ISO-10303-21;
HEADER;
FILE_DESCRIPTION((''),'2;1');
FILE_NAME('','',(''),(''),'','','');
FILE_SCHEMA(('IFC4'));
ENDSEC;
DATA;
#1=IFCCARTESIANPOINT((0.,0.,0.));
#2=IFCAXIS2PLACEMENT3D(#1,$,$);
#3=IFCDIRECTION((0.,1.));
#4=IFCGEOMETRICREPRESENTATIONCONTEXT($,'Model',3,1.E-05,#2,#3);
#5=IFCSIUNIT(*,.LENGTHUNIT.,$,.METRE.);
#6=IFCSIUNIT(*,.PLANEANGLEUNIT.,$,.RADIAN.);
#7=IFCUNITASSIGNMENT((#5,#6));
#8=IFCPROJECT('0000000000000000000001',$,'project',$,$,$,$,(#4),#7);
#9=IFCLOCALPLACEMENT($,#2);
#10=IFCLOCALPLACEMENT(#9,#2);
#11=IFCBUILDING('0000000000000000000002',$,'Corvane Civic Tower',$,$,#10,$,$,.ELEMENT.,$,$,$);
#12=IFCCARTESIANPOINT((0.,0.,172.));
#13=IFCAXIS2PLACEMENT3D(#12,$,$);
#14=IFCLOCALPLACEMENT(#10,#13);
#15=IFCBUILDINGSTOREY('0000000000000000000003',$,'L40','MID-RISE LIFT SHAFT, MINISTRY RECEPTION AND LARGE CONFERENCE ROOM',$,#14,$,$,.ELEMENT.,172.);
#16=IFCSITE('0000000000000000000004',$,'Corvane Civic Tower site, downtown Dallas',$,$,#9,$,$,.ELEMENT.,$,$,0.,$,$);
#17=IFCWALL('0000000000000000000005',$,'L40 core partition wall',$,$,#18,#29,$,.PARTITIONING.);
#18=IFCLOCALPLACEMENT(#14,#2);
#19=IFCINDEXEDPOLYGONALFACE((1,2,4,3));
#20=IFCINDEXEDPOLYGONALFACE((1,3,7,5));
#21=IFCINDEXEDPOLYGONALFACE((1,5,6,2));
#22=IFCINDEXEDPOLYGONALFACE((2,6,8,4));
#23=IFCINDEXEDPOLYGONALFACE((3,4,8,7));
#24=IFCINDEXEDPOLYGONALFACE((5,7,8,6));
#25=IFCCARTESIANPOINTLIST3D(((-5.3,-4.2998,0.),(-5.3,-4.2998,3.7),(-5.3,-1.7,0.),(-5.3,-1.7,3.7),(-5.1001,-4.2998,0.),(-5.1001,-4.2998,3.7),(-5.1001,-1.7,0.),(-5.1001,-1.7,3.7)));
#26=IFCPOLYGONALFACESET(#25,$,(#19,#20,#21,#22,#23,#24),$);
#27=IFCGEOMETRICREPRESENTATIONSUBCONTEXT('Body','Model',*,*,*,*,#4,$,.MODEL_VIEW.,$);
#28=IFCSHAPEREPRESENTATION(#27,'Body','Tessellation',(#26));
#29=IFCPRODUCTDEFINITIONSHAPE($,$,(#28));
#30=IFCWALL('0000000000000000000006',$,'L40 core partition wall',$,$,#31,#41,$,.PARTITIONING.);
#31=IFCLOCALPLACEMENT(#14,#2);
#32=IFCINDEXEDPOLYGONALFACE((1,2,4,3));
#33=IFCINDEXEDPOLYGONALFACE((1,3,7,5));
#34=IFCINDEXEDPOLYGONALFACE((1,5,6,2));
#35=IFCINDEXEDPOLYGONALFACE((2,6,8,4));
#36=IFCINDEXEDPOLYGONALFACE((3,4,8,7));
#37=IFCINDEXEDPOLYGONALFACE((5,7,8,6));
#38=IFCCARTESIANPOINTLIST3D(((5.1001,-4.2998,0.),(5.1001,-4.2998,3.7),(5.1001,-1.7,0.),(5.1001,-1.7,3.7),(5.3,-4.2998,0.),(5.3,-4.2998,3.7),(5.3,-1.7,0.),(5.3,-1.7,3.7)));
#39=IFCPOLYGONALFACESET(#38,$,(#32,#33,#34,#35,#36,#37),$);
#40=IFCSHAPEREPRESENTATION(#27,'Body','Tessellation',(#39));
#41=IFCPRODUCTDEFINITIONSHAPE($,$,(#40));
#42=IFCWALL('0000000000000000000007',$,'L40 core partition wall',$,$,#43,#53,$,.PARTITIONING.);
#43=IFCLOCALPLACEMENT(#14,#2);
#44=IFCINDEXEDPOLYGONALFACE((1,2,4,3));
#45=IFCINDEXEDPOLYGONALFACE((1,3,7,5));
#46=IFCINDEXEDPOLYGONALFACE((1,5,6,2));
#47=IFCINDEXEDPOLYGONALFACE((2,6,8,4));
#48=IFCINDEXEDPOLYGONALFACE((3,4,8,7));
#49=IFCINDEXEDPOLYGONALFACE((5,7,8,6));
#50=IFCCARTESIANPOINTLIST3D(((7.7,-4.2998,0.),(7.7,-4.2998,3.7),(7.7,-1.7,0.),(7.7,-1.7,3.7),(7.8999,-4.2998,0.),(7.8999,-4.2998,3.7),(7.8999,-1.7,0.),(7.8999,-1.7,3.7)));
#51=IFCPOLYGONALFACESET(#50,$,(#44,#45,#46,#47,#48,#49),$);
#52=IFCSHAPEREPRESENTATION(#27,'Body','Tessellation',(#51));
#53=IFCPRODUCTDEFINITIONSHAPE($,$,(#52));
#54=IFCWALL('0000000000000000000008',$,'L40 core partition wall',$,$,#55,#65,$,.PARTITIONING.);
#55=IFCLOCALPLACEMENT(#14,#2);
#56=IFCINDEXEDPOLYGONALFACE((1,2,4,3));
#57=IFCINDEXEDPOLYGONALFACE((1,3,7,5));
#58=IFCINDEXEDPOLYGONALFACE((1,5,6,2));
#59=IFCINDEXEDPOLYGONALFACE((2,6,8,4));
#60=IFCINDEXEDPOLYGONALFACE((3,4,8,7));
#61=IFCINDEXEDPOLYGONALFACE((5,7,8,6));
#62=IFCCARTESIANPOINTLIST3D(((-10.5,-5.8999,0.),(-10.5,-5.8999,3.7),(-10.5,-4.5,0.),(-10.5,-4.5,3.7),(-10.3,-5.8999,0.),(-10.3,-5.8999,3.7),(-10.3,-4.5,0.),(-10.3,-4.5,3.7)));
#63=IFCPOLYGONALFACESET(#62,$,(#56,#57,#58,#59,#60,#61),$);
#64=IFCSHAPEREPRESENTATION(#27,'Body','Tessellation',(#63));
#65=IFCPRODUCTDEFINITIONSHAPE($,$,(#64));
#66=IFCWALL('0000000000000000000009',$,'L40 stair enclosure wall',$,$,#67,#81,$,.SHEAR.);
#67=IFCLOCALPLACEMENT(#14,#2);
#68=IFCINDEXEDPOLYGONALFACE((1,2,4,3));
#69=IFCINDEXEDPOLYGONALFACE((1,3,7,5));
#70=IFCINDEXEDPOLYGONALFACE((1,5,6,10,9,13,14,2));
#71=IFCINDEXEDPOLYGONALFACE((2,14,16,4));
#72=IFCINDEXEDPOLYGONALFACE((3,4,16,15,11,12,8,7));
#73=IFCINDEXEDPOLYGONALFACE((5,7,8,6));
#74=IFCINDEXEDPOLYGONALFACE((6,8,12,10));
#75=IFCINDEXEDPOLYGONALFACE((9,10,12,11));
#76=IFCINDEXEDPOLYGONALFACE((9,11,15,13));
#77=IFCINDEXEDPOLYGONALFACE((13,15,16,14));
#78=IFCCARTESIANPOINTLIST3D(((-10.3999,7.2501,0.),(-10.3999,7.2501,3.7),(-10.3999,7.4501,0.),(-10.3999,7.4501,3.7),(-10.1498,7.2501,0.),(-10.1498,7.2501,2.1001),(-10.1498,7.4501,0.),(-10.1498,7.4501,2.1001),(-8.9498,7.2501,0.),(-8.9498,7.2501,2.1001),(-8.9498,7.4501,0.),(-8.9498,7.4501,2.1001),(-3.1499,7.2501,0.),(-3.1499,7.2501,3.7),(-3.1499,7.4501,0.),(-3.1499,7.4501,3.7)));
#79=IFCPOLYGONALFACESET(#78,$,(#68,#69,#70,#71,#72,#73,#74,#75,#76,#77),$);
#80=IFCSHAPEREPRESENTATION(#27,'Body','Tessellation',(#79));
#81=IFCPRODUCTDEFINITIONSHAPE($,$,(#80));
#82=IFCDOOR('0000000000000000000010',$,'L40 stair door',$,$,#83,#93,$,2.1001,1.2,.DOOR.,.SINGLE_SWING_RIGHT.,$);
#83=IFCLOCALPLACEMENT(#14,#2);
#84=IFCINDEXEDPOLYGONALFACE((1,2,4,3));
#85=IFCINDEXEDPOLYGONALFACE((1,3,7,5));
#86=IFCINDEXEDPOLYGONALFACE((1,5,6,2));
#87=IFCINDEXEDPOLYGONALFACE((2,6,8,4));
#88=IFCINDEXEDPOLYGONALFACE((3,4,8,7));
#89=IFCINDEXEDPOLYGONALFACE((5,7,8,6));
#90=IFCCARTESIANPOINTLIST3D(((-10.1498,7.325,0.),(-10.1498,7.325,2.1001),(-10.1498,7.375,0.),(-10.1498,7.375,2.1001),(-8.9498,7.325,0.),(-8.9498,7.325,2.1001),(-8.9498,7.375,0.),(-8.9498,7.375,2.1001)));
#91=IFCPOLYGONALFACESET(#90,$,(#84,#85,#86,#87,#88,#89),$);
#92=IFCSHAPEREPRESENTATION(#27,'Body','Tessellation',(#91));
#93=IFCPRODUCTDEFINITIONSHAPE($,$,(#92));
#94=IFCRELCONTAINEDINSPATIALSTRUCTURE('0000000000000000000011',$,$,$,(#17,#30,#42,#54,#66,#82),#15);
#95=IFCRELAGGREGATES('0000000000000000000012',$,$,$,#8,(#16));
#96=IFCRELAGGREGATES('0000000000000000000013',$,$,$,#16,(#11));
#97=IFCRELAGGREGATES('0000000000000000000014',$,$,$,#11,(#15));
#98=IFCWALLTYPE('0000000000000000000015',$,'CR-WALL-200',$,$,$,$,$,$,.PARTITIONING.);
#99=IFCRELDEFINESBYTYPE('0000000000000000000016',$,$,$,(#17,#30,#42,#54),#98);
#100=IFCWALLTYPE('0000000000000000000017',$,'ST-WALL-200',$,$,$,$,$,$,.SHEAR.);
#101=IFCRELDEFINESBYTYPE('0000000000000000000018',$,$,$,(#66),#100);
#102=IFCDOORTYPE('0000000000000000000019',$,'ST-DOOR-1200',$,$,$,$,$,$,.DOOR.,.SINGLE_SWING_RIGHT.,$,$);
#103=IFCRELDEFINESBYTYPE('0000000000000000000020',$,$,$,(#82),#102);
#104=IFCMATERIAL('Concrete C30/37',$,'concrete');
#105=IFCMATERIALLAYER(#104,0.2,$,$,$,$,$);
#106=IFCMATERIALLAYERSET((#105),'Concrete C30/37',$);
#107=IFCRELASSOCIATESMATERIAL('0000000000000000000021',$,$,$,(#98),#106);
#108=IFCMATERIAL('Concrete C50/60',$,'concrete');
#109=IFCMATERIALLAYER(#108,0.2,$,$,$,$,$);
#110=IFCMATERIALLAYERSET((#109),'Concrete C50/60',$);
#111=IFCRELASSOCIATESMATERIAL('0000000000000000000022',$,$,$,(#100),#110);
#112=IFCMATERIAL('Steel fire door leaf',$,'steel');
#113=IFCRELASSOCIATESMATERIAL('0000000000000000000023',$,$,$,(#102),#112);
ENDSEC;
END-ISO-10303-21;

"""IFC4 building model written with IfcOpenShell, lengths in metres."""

from ifc_helpers import new_model, si_unit, direction, frame, frame_2d, origin, place, context, subcontext, project, spatial, polyline, rectangle, outline, extrude, material, layer, layer_set, type_object, element, fill, save


model = new_model("IFC4")

# Units and contexts
model_context = context("Model", 3, precision=1e-05, world=origin(), true_north=direction((0.0, 1.0)))
body_context = subcontext(model_context, "Body", "Model", "MODEL_VIEW")
ifc_project = project(units=[si_unit("LENGTHUNIT", "METRE"), si_unit("PLANEANGLEUNIT", "RADIAN")], contexts=[model_context])

# Site, building, storey
site_placement = place(None, origin())
site = spatial("IfcSite", under=ifc_project, at=site_placement, Name="Corvane Civic Tower site, downtown Dallas", CompositionType="ELEMENT", RefElevation=0.0)
building_placement = place(site_placement, origin())
building = spatial("IfcBuilding", under=site, at=building_placement, Name="Corvane Civic Tower", CompositionType="ELEMENT")
storey_placement = place(building_placement, frame((0.0, 0.0, 172.0)))
storey = spatial("IfcBuildingStorey", under=building, at=storey_placement, Name="L40", Description="MID-RISE LIFT SHAFT, MINISTRY RECEPTION AND LARGE CONFERENCE ROOM", CompositionType="ELEMENT", Elevation=172.0)

# Shared definitions
ifc_material_1 = material(Name="Concrete C30/37", Category="concrete")
ifc_layer_1 = layer(ifc_material_1, 0.2)
ifc_layer_set_1 = layer_set([ifc_layer_1], Name="Concrete C30/37")
wall_type_1 = type_object("IfcWallType", Name="CR-WALL-200", PredefinedType="PARTITIONING", material=ifc_layer_set_1)

# Walls
wall_1_placement = place(storey_placement, origin())
element("IfcWall", 1, at=wall_1_placement, inside=storey, type_object=wall_type_1, Name="L40 core partition wall", PredefinedType="PARTITIONING", context=body_context, shape_type="SweptSolid", body=[
    extrude(outline(polyline([(-5.1001, -1.7), (-5.1001, -4.2998), (-5.3, -4.2998), (-5.3, -1.7), (-5.1001, -1.7)])), origin(), (0.0, 0.0, 1.0), 3.7),
])
wall_2_placement = place(storey_placement, origin())
element("IfcWall", 2, at=wall_2_placement, inside=storey, type_object=wall_type_1, Name="L40 core partition wall", PredefinedType="PARTITIONING", context=body_context, shape_type="SweptSolid", body=[
    extrude(outline(polyline([(5.3, -1.7), (5.3, -4.2998), (5.1001, -4.2998), (5.1001, -1.7), (5.3, -1.7)])), origin(), (0.0, 0.0, 1.0), 3.7),
])
wall_3_placement = place(storey_placement, origin())
element("IfcWall", 3, at=wall_3_placement, inside=storey, type_object=wall_type_1, Name="L40 core partition wall", PredefinedType="PARTITIONING", context=body_context, shape_type="SweptSolid", body=[
    extrude(outline(polyline([(7.8999, -1.7), (7.8999, -4.2998), (7.7, -4.2998), (7.7, -1.7), (7.8999, -1.7)])), origin(), (0.0, 0.0, 1.0), 3.7),
])
wall_4_placement = place(storey_placement, origin())
element("IfcWall", 4, at=wall_4_placement, inside=storey, type_object=wall_type_1, Name="L40 core partition wall", PredefinedType="PARTITIONING", context=body_context, shape_type="SweptSolid", body=[
    extrude(outline(polyline([(-10.3, -5.8999), (-10.5, -5.8999), (-10.5, -4.5), (-10.3, -4.5), (-10.3, -5.8999)])), origin(), (0.0, 0.0, 1.0), 3.7),
])

# Wall, opening, door
ifc_material_2 = material(Name="Concrete C50/60", Category="concrete")
ifc_layer_2 = layer(ifc_material_2, 0.2)
ifc_layer_set_2 = layer_set([ifc_layer_2], Name="Concrete C50/60")
wall_type_2 = type_object("IfcWallType", Name="ST-WALL-200", PredefinedType="SHEAR", material=ifc_layer_set_2)
wall_5_placement = place(storey_placement, frame((-10.3999, 7.3501, 0.0), z_axis=(0.0, 0.0, 1.0), x_axis=(1.0, 0.0, 0.0)))
wall_5 = element("IfcWall", 5, at=wall_5_placement, inside=storey, type_object=wall_type_2, Name="L40 stair enclosure wall", PredefinedType="SHEAR", context=body_context, shape_type="SweptSolid", body=[
    extrude(rectangle(XDim=7.25, YDim=0.2, at=frame_2d((3.625, 0.0))), origin(), (0.0, 0.0, 1.0), 3.7),
])
opening_1_placement = place(wall_5_placement, frame((0.25, 0.0, 0.0)))
opening_1 = element("IfcOpeningElement", 6, at=opening_1_placement, cuts=wall_5, PredefinedType="OPENING", context=body_context, shape_type="SweptSolid", body=[
    extrude(rectangle(XDim=1.2, YDim=2.1001, at=frame_2d((0.6001, 1.05))), frame((0.0, 0.1099, 0.0), z_axis=(0.0, -1.0, 0.0), x_axis=(1.0, 0.0, 0.0)), (0.0, 0.0, 1.0), 0.22),
])
ifc_material_3 = material(Name="Steel fire door leaf", Category="steel")
door_type_1 = type_object("IfcDoorType", Name="ST-DOOR-1200", OperationType="SINGLE_SWING_RIGHT", PredefinedType="DOOR", material=ifc_material_3)
door_1_placement = place(opening_1_placement, origin())
door_1 = element("IfcDoor", 7, at=door_1_placement, inside=storey, type_object=door_type_1, Name="L40 stair door", OperationType="SINGLE_SWING_RIGHT", OverallHeight=2.1001, OverallWidth=1.2, PredefinedType="DOOR", context=body_context, shape_type="SweptSolid", body=[
    extrude(rectangle(XDim=1.2, YDim=2.1001, at=frame_2d((0.6001, 1.05))), frame((0.0, 0.0249, 0.0), z_axis=(0.0, -1.0, 0.0), x_axis=(1.0, 0.0, 0.0)), (0.0, 0.0, 1.0), 0.05),
])
fill(opening_1, door_1)

save(model, "model.ifc")
